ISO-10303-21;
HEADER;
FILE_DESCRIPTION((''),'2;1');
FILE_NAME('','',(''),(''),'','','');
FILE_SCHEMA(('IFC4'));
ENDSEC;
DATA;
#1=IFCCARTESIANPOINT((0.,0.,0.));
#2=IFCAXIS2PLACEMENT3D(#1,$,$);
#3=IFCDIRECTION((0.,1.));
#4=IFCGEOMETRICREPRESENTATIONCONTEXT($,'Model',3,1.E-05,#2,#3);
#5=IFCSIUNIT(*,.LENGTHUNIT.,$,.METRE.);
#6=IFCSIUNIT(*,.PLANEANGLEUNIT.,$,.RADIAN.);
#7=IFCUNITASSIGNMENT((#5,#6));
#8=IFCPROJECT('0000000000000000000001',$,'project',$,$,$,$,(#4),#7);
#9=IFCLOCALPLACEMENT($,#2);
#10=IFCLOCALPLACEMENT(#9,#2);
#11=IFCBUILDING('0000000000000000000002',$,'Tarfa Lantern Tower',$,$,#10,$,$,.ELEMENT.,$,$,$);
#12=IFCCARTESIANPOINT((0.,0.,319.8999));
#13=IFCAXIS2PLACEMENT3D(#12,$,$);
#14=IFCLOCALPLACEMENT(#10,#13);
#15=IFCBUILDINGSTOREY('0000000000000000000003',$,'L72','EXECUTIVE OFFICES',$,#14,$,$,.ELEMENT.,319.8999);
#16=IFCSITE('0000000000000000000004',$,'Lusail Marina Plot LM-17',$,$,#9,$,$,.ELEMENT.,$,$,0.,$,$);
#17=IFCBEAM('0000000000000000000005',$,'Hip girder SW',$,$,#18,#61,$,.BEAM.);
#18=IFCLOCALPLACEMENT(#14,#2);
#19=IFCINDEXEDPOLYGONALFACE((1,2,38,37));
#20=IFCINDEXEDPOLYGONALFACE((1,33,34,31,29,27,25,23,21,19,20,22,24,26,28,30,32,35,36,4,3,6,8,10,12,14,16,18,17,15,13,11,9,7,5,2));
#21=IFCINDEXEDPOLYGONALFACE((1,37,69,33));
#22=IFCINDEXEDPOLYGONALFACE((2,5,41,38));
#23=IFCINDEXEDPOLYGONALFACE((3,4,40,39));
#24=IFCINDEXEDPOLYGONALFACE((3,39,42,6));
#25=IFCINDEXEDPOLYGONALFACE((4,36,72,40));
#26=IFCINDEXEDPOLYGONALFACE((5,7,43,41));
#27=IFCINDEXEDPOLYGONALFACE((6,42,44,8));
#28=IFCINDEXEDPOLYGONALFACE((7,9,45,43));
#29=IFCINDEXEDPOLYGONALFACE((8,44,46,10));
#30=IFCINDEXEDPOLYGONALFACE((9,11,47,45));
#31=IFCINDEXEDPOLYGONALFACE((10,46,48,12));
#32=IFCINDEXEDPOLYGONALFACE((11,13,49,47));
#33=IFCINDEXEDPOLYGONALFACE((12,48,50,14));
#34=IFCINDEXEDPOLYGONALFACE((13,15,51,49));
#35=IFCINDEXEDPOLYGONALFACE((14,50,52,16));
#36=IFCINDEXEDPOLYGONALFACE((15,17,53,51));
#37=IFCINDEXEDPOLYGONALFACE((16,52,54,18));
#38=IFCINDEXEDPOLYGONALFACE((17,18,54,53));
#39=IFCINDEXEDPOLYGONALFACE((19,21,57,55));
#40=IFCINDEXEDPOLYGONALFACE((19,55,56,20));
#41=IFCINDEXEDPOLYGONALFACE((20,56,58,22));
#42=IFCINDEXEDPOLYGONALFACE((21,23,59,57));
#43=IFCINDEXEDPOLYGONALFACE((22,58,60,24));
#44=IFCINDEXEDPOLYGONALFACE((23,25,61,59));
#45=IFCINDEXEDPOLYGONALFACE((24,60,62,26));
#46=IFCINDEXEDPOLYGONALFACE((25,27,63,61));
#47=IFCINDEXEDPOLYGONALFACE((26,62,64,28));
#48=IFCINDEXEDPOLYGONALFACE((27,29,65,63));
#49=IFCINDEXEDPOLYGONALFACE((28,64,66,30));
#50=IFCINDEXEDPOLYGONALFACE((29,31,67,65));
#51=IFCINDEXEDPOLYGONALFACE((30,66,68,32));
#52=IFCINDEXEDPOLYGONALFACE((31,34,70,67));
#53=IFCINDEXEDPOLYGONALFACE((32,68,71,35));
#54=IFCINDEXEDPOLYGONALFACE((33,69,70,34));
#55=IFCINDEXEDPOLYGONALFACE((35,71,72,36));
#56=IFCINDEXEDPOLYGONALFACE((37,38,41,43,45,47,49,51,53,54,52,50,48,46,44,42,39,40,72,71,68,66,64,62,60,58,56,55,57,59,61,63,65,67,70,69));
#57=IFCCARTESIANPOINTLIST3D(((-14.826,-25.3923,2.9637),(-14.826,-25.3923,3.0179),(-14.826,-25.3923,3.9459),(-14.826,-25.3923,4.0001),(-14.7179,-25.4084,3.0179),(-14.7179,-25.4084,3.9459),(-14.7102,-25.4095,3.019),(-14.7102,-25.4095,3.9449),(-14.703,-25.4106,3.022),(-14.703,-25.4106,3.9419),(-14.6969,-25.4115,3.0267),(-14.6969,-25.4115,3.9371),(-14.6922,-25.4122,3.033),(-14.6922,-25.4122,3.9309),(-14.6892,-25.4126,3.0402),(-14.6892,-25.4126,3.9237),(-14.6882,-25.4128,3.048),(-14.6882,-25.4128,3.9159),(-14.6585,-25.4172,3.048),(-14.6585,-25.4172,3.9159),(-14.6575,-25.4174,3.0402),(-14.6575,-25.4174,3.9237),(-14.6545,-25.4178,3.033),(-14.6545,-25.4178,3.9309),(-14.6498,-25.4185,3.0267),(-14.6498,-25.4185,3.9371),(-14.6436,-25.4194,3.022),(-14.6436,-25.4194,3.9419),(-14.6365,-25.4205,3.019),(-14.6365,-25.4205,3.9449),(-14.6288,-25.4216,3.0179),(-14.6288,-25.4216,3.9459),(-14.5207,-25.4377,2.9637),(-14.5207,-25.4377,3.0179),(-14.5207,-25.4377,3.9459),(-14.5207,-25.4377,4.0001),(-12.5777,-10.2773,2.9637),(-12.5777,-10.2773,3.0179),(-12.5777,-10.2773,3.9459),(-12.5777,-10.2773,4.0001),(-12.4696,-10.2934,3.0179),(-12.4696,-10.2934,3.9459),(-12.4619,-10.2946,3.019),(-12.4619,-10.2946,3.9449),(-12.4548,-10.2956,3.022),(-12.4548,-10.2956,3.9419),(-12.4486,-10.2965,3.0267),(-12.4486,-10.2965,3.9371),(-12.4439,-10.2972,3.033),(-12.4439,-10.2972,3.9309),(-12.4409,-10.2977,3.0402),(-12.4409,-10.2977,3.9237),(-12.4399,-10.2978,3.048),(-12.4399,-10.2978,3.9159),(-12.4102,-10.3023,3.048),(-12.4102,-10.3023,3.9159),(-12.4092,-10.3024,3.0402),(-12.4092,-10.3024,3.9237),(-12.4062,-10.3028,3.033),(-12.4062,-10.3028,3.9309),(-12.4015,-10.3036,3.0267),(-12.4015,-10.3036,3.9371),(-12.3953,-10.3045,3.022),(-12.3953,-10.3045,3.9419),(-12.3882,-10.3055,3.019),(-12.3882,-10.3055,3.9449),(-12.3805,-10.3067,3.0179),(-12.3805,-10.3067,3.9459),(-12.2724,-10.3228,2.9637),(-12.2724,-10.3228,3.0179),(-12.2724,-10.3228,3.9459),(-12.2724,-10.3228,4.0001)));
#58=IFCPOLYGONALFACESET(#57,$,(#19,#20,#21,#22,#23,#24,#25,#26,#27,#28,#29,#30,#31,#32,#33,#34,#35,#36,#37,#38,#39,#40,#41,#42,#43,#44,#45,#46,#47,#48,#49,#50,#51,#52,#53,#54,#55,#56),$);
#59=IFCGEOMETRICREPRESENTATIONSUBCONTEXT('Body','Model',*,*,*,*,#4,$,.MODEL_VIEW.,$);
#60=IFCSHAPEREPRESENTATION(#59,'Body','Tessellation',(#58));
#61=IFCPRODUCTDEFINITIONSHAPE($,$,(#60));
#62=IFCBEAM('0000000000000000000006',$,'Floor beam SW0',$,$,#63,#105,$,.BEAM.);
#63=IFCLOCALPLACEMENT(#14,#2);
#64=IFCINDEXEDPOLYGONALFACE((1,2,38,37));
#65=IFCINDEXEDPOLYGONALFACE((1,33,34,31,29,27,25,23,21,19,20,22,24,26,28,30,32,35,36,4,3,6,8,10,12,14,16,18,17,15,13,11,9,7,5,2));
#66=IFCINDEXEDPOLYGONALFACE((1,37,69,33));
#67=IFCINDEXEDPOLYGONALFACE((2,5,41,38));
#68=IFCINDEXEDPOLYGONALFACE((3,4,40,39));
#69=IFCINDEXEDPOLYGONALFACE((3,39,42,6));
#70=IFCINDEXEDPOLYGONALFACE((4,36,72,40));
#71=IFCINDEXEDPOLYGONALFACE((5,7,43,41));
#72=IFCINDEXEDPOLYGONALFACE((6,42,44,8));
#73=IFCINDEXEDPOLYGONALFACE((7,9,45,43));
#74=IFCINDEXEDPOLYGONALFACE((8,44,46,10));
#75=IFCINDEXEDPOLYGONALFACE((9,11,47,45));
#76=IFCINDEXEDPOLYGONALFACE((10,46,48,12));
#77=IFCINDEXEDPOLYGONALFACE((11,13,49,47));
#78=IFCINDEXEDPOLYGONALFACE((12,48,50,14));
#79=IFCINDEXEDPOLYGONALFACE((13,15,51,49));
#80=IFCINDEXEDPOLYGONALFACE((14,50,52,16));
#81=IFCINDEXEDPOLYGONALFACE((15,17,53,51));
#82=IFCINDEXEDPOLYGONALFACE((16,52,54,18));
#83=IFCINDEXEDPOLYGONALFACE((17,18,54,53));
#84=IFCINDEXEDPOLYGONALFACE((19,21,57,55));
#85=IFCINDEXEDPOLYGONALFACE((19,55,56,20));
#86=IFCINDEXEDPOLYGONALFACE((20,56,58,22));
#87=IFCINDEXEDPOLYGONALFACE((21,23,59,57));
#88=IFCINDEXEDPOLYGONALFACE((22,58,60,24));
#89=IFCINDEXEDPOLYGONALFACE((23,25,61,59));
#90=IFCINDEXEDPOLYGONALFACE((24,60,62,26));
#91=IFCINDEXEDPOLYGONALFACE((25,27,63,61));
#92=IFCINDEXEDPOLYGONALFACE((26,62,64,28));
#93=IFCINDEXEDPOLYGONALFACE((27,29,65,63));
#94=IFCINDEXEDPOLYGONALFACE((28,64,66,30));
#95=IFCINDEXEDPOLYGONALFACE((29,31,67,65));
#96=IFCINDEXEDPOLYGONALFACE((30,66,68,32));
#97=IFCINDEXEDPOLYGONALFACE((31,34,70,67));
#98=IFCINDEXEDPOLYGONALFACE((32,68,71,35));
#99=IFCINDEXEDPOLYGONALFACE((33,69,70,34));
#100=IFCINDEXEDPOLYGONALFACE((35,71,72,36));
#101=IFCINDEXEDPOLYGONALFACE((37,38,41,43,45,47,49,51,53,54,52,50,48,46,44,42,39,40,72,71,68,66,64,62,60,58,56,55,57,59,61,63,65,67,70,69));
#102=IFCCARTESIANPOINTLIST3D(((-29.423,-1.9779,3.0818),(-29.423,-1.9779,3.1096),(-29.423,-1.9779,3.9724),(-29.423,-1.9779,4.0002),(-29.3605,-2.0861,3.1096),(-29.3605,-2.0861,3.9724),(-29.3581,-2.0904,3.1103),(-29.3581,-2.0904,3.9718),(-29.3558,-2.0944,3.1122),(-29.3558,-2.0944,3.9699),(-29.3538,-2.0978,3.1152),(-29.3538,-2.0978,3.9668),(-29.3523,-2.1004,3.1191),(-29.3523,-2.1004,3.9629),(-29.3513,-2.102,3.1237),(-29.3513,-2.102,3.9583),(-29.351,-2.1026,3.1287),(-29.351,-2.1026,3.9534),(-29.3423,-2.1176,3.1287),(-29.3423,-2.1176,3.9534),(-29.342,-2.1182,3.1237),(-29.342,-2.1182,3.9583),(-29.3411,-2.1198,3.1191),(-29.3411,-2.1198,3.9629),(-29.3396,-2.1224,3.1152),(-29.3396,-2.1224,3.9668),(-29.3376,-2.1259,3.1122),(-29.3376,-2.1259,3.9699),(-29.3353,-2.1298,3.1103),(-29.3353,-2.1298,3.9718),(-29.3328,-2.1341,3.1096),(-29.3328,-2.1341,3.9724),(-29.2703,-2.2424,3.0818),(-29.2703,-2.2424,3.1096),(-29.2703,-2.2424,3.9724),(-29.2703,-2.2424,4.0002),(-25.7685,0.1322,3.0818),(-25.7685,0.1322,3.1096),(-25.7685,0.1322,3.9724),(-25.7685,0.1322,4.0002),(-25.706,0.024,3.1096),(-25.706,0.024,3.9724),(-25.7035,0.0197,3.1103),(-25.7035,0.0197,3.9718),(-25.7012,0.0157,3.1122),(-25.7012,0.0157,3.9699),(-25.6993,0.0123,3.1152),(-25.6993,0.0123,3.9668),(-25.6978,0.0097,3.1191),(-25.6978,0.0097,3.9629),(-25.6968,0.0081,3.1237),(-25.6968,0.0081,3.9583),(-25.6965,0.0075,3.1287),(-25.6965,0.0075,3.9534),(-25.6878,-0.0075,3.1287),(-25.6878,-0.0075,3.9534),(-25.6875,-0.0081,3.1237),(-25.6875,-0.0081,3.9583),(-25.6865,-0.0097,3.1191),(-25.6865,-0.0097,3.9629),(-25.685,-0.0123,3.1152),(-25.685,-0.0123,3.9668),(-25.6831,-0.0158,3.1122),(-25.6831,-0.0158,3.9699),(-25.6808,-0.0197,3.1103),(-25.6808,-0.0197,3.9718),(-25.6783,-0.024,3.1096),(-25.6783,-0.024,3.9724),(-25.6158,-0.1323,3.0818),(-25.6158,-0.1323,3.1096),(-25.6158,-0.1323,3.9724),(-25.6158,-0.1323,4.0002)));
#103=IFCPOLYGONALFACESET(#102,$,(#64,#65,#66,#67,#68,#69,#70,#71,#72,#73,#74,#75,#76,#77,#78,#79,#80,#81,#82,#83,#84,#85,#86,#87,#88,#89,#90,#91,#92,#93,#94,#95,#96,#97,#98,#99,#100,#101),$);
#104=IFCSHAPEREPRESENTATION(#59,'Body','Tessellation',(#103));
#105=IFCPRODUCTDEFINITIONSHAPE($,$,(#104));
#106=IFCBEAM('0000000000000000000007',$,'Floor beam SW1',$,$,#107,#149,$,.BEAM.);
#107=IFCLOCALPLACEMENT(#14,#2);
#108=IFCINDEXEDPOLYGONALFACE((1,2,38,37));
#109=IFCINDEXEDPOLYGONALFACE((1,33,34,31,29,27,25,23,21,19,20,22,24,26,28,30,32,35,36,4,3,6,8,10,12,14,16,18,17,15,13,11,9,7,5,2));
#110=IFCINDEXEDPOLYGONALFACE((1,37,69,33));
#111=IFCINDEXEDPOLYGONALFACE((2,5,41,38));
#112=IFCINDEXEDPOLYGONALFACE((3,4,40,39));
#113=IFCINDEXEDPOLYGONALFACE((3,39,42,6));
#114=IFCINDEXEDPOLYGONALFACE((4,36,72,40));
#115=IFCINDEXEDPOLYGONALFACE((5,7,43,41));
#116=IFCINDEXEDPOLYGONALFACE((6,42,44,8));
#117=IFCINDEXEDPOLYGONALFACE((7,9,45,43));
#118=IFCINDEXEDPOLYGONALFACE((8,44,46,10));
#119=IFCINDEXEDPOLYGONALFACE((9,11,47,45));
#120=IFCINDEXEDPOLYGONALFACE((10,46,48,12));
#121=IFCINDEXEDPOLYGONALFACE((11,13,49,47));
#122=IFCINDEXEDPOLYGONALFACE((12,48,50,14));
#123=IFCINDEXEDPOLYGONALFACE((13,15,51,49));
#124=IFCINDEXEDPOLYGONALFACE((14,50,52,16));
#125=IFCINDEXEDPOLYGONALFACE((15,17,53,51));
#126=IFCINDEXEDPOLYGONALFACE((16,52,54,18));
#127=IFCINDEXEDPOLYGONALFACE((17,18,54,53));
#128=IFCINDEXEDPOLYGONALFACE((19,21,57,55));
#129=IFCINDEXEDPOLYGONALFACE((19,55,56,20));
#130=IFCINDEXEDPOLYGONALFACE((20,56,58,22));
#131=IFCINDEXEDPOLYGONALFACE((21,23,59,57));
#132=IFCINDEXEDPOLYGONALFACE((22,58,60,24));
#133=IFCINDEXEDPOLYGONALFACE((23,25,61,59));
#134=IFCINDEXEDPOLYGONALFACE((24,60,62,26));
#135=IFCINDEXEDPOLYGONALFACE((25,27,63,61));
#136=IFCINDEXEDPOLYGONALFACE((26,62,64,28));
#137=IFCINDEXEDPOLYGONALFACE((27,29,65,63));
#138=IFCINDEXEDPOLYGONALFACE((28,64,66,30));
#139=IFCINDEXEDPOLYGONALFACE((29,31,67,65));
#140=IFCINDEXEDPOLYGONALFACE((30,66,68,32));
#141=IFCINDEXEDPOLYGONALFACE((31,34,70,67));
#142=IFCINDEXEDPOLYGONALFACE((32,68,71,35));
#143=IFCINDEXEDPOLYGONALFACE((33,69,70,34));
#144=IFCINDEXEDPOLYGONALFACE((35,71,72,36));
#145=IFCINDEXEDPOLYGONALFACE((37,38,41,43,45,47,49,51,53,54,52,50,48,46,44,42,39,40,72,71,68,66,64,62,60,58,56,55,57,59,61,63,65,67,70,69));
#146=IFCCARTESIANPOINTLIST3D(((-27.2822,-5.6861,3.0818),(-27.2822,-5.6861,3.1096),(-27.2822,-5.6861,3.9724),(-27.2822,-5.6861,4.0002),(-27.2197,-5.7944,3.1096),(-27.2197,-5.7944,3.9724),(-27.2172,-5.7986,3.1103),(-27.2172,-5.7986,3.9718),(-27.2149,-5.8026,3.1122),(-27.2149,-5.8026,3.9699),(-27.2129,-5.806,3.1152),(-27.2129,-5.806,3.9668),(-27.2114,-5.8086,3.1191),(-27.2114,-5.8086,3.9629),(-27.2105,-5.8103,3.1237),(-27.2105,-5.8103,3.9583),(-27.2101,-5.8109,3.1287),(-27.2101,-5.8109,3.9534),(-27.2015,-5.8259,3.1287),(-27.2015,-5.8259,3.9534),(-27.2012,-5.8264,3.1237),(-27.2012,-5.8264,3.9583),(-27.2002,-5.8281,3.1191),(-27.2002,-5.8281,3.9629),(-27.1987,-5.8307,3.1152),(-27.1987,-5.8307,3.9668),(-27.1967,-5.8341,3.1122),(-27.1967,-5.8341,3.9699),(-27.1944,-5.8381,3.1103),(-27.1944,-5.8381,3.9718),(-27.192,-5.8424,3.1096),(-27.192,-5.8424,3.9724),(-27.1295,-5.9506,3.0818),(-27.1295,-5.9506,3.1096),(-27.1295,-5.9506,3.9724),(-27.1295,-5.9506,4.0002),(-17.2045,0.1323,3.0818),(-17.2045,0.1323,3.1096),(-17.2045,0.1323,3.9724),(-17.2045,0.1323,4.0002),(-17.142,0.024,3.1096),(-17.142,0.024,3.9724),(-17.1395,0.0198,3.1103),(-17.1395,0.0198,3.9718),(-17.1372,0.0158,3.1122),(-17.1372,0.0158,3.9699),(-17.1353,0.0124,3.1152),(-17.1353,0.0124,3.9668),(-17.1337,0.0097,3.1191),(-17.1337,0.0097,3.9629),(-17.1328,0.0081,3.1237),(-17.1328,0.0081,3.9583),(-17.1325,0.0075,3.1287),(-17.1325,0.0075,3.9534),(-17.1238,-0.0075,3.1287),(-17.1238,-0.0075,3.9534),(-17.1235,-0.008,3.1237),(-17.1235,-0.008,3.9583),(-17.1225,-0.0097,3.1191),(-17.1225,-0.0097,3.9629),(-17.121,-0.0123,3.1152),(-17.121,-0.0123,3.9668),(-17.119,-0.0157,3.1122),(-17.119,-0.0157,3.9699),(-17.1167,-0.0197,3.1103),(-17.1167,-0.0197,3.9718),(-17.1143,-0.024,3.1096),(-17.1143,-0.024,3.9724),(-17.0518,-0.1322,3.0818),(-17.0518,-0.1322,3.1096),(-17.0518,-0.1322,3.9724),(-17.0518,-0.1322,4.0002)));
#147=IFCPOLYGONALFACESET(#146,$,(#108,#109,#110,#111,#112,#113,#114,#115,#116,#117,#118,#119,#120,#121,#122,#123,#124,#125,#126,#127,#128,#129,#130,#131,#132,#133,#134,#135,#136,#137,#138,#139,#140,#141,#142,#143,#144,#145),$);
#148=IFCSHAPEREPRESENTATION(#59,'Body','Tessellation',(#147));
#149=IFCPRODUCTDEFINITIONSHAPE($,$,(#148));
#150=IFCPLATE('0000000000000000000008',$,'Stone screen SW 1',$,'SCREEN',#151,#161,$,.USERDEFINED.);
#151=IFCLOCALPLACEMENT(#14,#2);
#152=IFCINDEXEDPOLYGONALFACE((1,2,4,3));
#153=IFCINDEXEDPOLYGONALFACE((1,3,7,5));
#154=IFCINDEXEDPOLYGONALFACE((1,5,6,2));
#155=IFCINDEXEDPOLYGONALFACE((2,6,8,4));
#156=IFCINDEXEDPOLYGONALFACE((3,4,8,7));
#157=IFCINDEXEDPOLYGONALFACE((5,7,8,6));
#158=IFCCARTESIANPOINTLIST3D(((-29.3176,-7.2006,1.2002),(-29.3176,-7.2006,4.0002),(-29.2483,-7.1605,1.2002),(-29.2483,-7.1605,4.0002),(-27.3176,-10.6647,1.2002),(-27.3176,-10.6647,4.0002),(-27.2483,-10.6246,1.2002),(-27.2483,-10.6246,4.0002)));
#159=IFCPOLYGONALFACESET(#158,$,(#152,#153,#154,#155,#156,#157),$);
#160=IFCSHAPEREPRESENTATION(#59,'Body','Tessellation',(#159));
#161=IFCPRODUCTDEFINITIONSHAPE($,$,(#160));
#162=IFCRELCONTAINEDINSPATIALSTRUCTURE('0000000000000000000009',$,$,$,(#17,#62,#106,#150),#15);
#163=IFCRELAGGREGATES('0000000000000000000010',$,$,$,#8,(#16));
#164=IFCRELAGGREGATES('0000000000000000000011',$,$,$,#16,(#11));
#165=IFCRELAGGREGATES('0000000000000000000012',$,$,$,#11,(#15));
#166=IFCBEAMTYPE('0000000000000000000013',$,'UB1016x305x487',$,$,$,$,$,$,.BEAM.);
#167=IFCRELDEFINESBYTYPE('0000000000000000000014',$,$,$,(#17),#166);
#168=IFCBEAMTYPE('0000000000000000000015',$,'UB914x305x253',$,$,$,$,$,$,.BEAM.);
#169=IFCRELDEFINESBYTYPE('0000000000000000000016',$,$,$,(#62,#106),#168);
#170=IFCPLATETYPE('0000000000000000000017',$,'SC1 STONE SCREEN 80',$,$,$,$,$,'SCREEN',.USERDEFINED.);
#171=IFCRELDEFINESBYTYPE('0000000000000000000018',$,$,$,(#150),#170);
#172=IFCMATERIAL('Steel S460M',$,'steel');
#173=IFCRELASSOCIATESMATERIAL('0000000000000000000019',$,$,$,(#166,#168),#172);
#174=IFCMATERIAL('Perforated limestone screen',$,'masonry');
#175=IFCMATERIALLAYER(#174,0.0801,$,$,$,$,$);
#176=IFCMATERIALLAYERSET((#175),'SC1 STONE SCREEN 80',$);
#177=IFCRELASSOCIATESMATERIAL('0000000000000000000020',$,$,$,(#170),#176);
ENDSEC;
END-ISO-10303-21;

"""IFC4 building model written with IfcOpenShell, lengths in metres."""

from ifc_helpers import new_model, si_unit, direction, frame, origin, origin_2d, place, context, subcontext, project, spatial, rectangle, i_section, extrude, material, layer, layer_set, material_profile, profile_set, type_object, element, save


model = new_model("IFC4")

# Units and contexts
model_context = context("Model", 3, precision=1e-05, world=origin(), true_north=direction((0.0, 1.0)))
body_context = subcontext(model_context, "Body", "Model", "MODEL_VIEW")
ifc_project = project(units=[si_unit("LENGTHUNIT", "METRE"), si_unit("PLANEANGLEUNIT", "RADIAN")], contexts=[model_context])

# Site, building, storey
site_placement = place(None, origin())
site = spatial("IfcSite", under=ifc_project, at=site_placement, Name="Lusail Marina Plot LM-17", CompositionType="ELEMENT", RefElevation=0.0)
building_placement = place(site_placement, origin())
building = spatial("IfcBuilding", under=site, at=building_placement, Name="Tarfa Lantern Tower", CompositionType="ELEMENT")
storey_placement = place(building_placement, frame((0.0, 0.0, 319.8999)))
storey = spatial("IfcBuildingStorey", under=building, at=storey_placement, Name="L72", Description="EXECUTIVE OFFICES", CompositionType="ELEMENT", Elevation=319.8999)

# Beams
ifc_material_1 = material(Name="Steel S460M", Category="steel")
ifc_material_profile_1 = material_profile(ifc_material_1, i_section(OverallWidth=0.3086, OverallDepth=1.0364, WebThickness=0.03, FlangeThickness=0.0542, FilletRadius=0.03, at=origin_2d()), Name="UB1016x305x487")
ifc_profile_set_1 = profile_set([ifc_material_profile_1], Name="Steel S460M")
beam_type_1 = type_object("IfcBeamType", Name="UB1016x305x487", PredefinedType="BEAM", material=ifc_profile_set_1)
beam_1_placement = place(storey_placement, frame((-12.425, -10.3, 3.4819), z_axis=(-0.147127, -0.989118, 0.0), x_axis=(0.989118, -0.147127, 0.0)))
element("IfcBeam", 1, at=beam_1_placement, inside=storey, type_object=beam_type_1, Name="Hip girder SW", PredefinedType="BEAM", context=body_context, shape_type="SweptSolid", body=[
    extrude(i_section(OverallWidth=0.3086, OverallDepth=1.0364, WebThickness=0.03, FlangeThickness=0.0542, FilletRadius=0.03, at=origin_2d()), origin(), (0.0, 0.0, 1.0), 15.2812),
])
ifc_material_profile_2 = material_profile(ifc_material_1, i_section(OverallWidth=0.3054, OverallDepth=0.9185, WebThickness=0.0173, FlangeThickness=0.0278, FilletRadius=0.019, at=origin_2d()), Name="UB914x305x253")
ifc_profile_set_2 = profile_set([ifc_material_profile_2], Name="Steel S460M")
beam_type_2 = type_object("IfcBeamType", Name="UB914x305x253", PredefinedType="BEAM", material=ifc_profile_set_2)
beam_2_placement = place(storey_placement, frame((-29.3467, -2.1101, 3.541), z_axis=(0.866009, 0.500028, 0.0), x_axis=(-0.500028, 0.866009, 0.0)))
element("IfcBeam", 2, at=beam_2_placement, inside=storey, type_object=beam_type_2, Name="Floor beam SW0", PredefinedType="BEAM", context=body_context, shape_type="SweptSolid", body=[
    extrude(i_section(OverallWidth=0.3054, OverallDepth=0.9185, WebThickness=0.0173, FlangeThickness=0.0278, FilletRadius=0.019, at=origin_2d()), origin(), (0.0, 0.0, 1.0), 4.22),
])
beam_3_placement = place(storey_placement, frame((-27.2058, -5.8184, 3.541), z_axis=(0.866024, 0.500002, 0.0), x_axis=(-0.500002, 0.866024, 0.0)))
element("IfcBeam", 3, at=beam_3_placement, inside=storey, type_object=beam_type_2, Name="Floor beam SW1", PredefinedType="BEAM", context=body_context, shape_type="SweptSolid", body=[
    extrude(i_section(OverallWidth=0.3054, OverallDepth=0.9185, WebThickness=0.0173, FlangeThickness=0.0278, FilletRadius=0.019, at=origin_2d()), origin(), (0.0, 0.0, 1.0), 11.6367),
])

# Plate
ifc_material_2 = material(Name="Perforated limestone screen", Category="masonry")
ifc_layer_1 = layer(ifc_material_2, 0.0801)
ifc_layer_set_1 = layer_set([ifc_layer_1], Name="SC1 STONE SCREEN 80")
plate_type = type_object("IfcPlateType", Name="SC1 STONE SCREEN 80", ElementType="SCREEN", PredefinedType="USERDEFINED", material=ifc_layer_set_1)
plate_placement = place(storey_placement, frame((-28.283, -8.9126, 1.2002), z_axis=(0.0, 0.0, 1.0), x_axis=(0.5, -0.866025, 0.0)))
element("IfcPlate", 4, at=plate_placement, inside=storey, type_object=plate_type, Name="Stone screen SW 1", ObjectType="SCREEN", PredefinedType="USERDEFINED", context=body_context, shape_type="SweptSolid", body=[
    extrude(rectangle(XDim=4.0, YDim=0.0801, at=origin_2d()), origin(), (0.0, 0.0, 1.0), 2.8),
])

save(model, "model.ifc")
